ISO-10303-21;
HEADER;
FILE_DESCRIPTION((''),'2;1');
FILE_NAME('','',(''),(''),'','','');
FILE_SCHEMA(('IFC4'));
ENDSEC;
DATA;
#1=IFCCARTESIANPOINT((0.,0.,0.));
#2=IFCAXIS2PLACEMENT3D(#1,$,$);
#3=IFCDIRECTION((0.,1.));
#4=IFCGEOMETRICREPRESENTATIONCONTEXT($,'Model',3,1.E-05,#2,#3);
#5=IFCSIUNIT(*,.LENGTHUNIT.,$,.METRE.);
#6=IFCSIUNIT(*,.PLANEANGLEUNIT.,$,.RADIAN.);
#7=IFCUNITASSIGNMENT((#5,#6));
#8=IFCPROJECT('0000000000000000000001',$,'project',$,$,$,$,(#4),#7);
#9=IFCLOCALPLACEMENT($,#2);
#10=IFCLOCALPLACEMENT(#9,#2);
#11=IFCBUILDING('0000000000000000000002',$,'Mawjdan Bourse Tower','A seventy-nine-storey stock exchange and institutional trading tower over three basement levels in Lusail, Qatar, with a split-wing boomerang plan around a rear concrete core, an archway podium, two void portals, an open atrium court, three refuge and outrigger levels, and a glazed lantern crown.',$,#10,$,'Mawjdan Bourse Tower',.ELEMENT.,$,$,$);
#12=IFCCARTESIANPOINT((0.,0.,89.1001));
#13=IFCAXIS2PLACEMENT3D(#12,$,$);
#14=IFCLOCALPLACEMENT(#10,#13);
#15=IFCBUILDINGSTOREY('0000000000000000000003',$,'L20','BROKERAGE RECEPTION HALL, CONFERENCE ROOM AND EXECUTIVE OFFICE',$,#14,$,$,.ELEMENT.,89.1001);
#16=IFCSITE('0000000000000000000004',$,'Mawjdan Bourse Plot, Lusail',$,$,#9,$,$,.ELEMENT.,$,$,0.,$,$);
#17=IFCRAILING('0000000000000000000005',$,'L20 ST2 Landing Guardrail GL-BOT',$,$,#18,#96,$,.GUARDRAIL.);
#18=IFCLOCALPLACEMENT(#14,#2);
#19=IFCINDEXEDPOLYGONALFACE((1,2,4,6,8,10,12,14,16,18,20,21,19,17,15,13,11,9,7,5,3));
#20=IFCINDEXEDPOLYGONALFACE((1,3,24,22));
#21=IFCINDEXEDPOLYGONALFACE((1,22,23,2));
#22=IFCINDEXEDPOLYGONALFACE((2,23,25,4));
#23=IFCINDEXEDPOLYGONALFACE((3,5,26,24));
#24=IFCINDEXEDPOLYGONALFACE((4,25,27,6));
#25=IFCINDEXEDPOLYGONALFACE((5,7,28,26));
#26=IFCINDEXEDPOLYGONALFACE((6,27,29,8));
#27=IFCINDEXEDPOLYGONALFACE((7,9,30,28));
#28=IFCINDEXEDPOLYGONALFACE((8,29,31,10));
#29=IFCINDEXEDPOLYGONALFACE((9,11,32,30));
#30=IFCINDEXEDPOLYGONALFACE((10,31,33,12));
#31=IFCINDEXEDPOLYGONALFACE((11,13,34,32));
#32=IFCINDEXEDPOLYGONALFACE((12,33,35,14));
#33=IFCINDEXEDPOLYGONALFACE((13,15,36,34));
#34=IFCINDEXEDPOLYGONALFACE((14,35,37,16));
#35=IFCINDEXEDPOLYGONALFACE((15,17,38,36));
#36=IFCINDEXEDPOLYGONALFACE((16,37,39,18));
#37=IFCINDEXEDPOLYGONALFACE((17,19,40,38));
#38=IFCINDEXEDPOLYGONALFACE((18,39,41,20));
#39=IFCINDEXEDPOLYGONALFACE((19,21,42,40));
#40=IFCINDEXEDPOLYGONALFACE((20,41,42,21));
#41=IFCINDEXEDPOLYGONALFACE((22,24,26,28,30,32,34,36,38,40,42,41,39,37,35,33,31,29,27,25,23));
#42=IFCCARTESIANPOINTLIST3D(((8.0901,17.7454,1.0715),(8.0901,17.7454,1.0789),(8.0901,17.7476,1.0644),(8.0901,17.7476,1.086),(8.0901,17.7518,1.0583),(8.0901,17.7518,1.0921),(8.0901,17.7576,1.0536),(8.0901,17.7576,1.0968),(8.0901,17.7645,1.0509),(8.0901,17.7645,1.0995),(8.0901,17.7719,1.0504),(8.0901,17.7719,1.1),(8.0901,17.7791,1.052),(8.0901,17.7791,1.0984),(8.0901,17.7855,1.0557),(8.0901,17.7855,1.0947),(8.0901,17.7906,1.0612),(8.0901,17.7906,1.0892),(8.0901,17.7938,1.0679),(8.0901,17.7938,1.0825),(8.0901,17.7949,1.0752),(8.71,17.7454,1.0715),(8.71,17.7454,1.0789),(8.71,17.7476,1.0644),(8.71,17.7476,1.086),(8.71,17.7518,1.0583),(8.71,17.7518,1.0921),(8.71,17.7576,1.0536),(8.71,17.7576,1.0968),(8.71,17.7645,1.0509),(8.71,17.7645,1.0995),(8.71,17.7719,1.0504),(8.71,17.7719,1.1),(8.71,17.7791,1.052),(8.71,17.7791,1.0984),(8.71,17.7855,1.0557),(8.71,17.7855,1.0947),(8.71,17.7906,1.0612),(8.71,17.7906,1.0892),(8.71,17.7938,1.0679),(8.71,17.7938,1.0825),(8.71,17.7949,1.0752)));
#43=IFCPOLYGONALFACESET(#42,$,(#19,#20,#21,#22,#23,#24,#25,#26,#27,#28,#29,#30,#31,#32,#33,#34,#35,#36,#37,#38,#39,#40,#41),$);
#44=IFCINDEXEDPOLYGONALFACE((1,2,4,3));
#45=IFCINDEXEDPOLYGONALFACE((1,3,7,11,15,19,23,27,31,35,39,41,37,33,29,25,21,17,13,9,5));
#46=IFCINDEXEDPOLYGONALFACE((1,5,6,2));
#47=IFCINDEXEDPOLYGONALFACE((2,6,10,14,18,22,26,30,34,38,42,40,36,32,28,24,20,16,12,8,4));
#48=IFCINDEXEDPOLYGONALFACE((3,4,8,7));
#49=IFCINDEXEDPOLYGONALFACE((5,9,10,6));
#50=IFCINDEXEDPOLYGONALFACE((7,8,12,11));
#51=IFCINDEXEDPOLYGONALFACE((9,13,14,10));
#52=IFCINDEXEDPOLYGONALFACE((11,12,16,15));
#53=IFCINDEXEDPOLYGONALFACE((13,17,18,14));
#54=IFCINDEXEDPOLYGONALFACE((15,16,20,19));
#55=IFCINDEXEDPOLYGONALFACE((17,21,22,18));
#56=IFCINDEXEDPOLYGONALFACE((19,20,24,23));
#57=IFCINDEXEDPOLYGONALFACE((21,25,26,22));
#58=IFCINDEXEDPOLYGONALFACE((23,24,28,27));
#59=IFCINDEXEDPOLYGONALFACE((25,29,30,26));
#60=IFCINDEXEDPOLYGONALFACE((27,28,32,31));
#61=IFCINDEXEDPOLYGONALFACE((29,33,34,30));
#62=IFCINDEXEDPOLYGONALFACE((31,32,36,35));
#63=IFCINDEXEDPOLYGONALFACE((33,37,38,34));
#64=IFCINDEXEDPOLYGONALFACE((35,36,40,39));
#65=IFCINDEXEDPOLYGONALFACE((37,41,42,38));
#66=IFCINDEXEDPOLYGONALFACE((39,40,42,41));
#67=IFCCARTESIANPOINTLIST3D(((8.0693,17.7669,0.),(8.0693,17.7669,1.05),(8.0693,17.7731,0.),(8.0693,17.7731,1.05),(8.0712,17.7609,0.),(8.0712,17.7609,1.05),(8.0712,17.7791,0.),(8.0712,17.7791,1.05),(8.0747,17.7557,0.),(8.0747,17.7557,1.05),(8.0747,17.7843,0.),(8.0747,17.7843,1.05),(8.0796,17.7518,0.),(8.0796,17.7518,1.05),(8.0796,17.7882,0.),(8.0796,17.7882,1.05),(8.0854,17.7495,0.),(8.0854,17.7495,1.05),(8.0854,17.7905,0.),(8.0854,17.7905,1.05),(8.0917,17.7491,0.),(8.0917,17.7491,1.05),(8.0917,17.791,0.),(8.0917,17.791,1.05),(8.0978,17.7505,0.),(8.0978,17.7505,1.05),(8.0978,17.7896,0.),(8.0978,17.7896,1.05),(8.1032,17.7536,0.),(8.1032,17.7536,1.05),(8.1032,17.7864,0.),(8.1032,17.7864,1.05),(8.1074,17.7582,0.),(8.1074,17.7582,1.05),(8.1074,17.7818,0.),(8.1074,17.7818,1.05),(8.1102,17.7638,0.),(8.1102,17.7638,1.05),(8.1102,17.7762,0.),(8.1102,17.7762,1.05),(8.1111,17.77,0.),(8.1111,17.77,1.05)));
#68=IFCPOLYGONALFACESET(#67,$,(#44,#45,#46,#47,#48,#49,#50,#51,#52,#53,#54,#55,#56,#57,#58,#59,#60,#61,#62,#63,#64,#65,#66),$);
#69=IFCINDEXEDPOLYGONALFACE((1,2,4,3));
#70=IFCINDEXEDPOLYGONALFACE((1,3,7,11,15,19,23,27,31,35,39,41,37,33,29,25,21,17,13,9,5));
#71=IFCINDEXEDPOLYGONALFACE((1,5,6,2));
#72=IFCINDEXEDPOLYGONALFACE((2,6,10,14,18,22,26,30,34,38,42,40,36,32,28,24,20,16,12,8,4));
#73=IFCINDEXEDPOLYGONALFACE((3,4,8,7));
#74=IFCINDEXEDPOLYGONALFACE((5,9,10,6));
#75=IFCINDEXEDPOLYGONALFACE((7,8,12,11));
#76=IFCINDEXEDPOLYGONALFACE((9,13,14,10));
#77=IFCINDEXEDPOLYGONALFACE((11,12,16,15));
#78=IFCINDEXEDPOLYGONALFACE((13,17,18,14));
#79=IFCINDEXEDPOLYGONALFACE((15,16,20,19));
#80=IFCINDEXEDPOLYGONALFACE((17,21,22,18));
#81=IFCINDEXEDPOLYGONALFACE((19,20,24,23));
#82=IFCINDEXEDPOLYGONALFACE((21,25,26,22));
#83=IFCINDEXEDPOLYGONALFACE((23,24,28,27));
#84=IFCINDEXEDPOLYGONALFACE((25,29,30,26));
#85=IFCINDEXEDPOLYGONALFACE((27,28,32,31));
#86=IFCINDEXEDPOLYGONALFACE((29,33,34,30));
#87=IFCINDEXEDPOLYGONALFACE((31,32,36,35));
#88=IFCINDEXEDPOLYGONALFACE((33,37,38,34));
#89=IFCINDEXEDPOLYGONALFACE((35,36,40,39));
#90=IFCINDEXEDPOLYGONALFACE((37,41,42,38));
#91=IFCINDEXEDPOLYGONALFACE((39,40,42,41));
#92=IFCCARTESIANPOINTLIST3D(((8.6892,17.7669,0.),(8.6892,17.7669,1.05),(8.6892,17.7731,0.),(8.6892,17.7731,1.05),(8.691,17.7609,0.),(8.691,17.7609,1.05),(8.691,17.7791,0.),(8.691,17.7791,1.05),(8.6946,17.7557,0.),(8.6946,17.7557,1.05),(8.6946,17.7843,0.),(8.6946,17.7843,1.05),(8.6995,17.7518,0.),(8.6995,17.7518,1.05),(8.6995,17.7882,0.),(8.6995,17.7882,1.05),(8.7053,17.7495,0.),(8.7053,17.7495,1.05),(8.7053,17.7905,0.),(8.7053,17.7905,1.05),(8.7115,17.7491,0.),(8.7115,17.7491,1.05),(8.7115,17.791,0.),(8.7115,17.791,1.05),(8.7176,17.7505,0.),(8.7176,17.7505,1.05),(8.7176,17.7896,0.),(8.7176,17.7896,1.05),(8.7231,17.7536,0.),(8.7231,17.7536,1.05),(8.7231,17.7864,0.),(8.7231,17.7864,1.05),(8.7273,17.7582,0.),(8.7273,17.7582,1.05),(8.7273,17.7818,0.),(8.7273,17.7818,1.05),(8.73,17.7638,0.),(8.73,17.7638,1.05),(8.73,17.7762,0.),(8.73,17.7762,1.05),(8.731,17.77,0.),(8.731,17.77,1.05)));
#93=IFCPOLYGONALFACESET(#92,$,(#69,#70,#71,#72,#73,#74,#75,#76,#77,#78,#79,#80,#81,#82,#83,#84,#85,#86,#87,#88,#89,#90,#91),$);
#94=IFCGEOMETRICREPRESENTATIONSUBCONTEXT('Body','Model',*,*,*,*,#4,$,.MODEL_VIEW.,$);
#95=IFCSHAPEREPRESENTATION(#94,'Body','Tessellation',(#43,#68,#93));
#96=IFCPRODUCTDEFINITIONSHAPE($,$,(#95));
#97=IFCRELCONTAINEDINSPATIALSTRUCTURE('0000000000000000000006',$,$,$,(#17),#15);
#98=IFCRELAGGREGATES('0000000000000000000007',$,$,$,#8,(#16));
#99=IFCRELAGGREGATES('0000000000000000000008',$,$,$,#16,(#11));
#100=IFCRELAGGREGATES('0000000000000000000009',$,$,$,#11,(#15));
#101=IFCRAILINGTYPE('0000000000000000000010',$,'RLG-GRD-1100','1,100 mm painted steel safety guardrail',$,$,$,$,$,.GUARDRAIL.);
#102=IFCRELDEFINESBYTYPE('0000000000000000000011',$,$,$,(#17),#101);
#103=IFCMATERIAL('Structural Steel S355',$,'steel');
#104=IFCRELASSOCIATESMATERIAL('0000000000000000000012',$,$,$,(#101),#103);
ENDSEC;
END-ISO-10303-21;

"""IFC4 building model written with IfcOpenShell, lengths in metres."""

from ifc_helpers import new_model, si_unit, direction, frame, origin, origin_2d, place, context, subcontext, project, spatial, circle, extrude, material, type_object, element, save


model = new_model("IFC4")

# Units and contexts
model_context = context("Model", 3, precision=1e-05, world=origin(), true_north=direction((0.0, 1.0)))
body_context = subcontext(model_context, "Body", "Model", "MODEL_VIEW")
ifc_project = project(units=[si_unit("LENGTHUNIT", "METRE"), si_unit("PLANEANGLEUNIT", "RADIAN")], contexts=[model_context])

# Site, building, storey
site_placement = place(None, origin())
site = spatial("IfcSite", under=ifc_project, at=site_placement, Name="Mawjdan Bourse Plot, Lusail", CompositionType="ELEMENT", RefElevation=0.0)
building_placement = place(site_placement, origin())
building = spatial("IfcBuilding", under=site, at=building_placement, Name="Mawjdan Bourse Tower", Description="A seventy-nine-storey stock exchange and institutional trading tower over three basement levels in Lusail, Qatar, with a split-wing boomerang plan around a rear concrete core, an archway podium, two void portals, an open atrium court, three refuge and outrigger levels, and a glazed lantern crown.", LongName="Mawjdan Bourse Tower", CompositionType="ELEMENT")
storey_placement = place(building_placement, frame((0.0, 0.0, 89.1001)))
storey = spatial("IfcBuildingStorey", under=building, at=storey_placement, Name="L20", Description="BROKERAGE RECEPTION HALL, CONFERENCE ROOM AND EXECUTIVE OFFICE", CompositionType="ELEMENT", Elevation=89.1001)

# Shared definitions
ifc_material_1 = material(Name="Structural Steel S355", Category="steel")

# Railing
railing_type_1 = type_object("IfcRailingType", Name="RLG-GRD-1100", Description="1,100 mm painted steel safety guardrail", PredefinedType="GUARDRAIL", material=ifc_material_1)
for number, where, name in (
    (1, (8.0901, 17.77, 0.0), "L20 ST2 Landing Guardrail GL-BOT"),
):
    element("IfcRailing", number, at=place(storey_placement, frame(where)), inside=storey, type_object=railing_type_1, Name=name, PredefinedType="GUARDRAIL", context=body_context, shape_type="SweptSolid", body=[
        extrude(circle(Radius=0.0249, at=origin_2d()), frame((0.0, 0.0, 1.0752), z_axis=(1.0, 0.0, 0.0), x_axis=(0.0, 1.0, 0.0)), (0.0, 0.0, 1.0), 0.6199),
        extrude(circle(Radius=0.021, at=origin_2d()), origin(), (0.0, 0.0, 1.0), 1.05),
        extrude(circle(Radius=0.021, at=origin_2d()), frame((0.6199, 0.0, 0.0)), (0.0, 0.0, 1.0), 1.05),
    ])

save(model, "model.ifc")
